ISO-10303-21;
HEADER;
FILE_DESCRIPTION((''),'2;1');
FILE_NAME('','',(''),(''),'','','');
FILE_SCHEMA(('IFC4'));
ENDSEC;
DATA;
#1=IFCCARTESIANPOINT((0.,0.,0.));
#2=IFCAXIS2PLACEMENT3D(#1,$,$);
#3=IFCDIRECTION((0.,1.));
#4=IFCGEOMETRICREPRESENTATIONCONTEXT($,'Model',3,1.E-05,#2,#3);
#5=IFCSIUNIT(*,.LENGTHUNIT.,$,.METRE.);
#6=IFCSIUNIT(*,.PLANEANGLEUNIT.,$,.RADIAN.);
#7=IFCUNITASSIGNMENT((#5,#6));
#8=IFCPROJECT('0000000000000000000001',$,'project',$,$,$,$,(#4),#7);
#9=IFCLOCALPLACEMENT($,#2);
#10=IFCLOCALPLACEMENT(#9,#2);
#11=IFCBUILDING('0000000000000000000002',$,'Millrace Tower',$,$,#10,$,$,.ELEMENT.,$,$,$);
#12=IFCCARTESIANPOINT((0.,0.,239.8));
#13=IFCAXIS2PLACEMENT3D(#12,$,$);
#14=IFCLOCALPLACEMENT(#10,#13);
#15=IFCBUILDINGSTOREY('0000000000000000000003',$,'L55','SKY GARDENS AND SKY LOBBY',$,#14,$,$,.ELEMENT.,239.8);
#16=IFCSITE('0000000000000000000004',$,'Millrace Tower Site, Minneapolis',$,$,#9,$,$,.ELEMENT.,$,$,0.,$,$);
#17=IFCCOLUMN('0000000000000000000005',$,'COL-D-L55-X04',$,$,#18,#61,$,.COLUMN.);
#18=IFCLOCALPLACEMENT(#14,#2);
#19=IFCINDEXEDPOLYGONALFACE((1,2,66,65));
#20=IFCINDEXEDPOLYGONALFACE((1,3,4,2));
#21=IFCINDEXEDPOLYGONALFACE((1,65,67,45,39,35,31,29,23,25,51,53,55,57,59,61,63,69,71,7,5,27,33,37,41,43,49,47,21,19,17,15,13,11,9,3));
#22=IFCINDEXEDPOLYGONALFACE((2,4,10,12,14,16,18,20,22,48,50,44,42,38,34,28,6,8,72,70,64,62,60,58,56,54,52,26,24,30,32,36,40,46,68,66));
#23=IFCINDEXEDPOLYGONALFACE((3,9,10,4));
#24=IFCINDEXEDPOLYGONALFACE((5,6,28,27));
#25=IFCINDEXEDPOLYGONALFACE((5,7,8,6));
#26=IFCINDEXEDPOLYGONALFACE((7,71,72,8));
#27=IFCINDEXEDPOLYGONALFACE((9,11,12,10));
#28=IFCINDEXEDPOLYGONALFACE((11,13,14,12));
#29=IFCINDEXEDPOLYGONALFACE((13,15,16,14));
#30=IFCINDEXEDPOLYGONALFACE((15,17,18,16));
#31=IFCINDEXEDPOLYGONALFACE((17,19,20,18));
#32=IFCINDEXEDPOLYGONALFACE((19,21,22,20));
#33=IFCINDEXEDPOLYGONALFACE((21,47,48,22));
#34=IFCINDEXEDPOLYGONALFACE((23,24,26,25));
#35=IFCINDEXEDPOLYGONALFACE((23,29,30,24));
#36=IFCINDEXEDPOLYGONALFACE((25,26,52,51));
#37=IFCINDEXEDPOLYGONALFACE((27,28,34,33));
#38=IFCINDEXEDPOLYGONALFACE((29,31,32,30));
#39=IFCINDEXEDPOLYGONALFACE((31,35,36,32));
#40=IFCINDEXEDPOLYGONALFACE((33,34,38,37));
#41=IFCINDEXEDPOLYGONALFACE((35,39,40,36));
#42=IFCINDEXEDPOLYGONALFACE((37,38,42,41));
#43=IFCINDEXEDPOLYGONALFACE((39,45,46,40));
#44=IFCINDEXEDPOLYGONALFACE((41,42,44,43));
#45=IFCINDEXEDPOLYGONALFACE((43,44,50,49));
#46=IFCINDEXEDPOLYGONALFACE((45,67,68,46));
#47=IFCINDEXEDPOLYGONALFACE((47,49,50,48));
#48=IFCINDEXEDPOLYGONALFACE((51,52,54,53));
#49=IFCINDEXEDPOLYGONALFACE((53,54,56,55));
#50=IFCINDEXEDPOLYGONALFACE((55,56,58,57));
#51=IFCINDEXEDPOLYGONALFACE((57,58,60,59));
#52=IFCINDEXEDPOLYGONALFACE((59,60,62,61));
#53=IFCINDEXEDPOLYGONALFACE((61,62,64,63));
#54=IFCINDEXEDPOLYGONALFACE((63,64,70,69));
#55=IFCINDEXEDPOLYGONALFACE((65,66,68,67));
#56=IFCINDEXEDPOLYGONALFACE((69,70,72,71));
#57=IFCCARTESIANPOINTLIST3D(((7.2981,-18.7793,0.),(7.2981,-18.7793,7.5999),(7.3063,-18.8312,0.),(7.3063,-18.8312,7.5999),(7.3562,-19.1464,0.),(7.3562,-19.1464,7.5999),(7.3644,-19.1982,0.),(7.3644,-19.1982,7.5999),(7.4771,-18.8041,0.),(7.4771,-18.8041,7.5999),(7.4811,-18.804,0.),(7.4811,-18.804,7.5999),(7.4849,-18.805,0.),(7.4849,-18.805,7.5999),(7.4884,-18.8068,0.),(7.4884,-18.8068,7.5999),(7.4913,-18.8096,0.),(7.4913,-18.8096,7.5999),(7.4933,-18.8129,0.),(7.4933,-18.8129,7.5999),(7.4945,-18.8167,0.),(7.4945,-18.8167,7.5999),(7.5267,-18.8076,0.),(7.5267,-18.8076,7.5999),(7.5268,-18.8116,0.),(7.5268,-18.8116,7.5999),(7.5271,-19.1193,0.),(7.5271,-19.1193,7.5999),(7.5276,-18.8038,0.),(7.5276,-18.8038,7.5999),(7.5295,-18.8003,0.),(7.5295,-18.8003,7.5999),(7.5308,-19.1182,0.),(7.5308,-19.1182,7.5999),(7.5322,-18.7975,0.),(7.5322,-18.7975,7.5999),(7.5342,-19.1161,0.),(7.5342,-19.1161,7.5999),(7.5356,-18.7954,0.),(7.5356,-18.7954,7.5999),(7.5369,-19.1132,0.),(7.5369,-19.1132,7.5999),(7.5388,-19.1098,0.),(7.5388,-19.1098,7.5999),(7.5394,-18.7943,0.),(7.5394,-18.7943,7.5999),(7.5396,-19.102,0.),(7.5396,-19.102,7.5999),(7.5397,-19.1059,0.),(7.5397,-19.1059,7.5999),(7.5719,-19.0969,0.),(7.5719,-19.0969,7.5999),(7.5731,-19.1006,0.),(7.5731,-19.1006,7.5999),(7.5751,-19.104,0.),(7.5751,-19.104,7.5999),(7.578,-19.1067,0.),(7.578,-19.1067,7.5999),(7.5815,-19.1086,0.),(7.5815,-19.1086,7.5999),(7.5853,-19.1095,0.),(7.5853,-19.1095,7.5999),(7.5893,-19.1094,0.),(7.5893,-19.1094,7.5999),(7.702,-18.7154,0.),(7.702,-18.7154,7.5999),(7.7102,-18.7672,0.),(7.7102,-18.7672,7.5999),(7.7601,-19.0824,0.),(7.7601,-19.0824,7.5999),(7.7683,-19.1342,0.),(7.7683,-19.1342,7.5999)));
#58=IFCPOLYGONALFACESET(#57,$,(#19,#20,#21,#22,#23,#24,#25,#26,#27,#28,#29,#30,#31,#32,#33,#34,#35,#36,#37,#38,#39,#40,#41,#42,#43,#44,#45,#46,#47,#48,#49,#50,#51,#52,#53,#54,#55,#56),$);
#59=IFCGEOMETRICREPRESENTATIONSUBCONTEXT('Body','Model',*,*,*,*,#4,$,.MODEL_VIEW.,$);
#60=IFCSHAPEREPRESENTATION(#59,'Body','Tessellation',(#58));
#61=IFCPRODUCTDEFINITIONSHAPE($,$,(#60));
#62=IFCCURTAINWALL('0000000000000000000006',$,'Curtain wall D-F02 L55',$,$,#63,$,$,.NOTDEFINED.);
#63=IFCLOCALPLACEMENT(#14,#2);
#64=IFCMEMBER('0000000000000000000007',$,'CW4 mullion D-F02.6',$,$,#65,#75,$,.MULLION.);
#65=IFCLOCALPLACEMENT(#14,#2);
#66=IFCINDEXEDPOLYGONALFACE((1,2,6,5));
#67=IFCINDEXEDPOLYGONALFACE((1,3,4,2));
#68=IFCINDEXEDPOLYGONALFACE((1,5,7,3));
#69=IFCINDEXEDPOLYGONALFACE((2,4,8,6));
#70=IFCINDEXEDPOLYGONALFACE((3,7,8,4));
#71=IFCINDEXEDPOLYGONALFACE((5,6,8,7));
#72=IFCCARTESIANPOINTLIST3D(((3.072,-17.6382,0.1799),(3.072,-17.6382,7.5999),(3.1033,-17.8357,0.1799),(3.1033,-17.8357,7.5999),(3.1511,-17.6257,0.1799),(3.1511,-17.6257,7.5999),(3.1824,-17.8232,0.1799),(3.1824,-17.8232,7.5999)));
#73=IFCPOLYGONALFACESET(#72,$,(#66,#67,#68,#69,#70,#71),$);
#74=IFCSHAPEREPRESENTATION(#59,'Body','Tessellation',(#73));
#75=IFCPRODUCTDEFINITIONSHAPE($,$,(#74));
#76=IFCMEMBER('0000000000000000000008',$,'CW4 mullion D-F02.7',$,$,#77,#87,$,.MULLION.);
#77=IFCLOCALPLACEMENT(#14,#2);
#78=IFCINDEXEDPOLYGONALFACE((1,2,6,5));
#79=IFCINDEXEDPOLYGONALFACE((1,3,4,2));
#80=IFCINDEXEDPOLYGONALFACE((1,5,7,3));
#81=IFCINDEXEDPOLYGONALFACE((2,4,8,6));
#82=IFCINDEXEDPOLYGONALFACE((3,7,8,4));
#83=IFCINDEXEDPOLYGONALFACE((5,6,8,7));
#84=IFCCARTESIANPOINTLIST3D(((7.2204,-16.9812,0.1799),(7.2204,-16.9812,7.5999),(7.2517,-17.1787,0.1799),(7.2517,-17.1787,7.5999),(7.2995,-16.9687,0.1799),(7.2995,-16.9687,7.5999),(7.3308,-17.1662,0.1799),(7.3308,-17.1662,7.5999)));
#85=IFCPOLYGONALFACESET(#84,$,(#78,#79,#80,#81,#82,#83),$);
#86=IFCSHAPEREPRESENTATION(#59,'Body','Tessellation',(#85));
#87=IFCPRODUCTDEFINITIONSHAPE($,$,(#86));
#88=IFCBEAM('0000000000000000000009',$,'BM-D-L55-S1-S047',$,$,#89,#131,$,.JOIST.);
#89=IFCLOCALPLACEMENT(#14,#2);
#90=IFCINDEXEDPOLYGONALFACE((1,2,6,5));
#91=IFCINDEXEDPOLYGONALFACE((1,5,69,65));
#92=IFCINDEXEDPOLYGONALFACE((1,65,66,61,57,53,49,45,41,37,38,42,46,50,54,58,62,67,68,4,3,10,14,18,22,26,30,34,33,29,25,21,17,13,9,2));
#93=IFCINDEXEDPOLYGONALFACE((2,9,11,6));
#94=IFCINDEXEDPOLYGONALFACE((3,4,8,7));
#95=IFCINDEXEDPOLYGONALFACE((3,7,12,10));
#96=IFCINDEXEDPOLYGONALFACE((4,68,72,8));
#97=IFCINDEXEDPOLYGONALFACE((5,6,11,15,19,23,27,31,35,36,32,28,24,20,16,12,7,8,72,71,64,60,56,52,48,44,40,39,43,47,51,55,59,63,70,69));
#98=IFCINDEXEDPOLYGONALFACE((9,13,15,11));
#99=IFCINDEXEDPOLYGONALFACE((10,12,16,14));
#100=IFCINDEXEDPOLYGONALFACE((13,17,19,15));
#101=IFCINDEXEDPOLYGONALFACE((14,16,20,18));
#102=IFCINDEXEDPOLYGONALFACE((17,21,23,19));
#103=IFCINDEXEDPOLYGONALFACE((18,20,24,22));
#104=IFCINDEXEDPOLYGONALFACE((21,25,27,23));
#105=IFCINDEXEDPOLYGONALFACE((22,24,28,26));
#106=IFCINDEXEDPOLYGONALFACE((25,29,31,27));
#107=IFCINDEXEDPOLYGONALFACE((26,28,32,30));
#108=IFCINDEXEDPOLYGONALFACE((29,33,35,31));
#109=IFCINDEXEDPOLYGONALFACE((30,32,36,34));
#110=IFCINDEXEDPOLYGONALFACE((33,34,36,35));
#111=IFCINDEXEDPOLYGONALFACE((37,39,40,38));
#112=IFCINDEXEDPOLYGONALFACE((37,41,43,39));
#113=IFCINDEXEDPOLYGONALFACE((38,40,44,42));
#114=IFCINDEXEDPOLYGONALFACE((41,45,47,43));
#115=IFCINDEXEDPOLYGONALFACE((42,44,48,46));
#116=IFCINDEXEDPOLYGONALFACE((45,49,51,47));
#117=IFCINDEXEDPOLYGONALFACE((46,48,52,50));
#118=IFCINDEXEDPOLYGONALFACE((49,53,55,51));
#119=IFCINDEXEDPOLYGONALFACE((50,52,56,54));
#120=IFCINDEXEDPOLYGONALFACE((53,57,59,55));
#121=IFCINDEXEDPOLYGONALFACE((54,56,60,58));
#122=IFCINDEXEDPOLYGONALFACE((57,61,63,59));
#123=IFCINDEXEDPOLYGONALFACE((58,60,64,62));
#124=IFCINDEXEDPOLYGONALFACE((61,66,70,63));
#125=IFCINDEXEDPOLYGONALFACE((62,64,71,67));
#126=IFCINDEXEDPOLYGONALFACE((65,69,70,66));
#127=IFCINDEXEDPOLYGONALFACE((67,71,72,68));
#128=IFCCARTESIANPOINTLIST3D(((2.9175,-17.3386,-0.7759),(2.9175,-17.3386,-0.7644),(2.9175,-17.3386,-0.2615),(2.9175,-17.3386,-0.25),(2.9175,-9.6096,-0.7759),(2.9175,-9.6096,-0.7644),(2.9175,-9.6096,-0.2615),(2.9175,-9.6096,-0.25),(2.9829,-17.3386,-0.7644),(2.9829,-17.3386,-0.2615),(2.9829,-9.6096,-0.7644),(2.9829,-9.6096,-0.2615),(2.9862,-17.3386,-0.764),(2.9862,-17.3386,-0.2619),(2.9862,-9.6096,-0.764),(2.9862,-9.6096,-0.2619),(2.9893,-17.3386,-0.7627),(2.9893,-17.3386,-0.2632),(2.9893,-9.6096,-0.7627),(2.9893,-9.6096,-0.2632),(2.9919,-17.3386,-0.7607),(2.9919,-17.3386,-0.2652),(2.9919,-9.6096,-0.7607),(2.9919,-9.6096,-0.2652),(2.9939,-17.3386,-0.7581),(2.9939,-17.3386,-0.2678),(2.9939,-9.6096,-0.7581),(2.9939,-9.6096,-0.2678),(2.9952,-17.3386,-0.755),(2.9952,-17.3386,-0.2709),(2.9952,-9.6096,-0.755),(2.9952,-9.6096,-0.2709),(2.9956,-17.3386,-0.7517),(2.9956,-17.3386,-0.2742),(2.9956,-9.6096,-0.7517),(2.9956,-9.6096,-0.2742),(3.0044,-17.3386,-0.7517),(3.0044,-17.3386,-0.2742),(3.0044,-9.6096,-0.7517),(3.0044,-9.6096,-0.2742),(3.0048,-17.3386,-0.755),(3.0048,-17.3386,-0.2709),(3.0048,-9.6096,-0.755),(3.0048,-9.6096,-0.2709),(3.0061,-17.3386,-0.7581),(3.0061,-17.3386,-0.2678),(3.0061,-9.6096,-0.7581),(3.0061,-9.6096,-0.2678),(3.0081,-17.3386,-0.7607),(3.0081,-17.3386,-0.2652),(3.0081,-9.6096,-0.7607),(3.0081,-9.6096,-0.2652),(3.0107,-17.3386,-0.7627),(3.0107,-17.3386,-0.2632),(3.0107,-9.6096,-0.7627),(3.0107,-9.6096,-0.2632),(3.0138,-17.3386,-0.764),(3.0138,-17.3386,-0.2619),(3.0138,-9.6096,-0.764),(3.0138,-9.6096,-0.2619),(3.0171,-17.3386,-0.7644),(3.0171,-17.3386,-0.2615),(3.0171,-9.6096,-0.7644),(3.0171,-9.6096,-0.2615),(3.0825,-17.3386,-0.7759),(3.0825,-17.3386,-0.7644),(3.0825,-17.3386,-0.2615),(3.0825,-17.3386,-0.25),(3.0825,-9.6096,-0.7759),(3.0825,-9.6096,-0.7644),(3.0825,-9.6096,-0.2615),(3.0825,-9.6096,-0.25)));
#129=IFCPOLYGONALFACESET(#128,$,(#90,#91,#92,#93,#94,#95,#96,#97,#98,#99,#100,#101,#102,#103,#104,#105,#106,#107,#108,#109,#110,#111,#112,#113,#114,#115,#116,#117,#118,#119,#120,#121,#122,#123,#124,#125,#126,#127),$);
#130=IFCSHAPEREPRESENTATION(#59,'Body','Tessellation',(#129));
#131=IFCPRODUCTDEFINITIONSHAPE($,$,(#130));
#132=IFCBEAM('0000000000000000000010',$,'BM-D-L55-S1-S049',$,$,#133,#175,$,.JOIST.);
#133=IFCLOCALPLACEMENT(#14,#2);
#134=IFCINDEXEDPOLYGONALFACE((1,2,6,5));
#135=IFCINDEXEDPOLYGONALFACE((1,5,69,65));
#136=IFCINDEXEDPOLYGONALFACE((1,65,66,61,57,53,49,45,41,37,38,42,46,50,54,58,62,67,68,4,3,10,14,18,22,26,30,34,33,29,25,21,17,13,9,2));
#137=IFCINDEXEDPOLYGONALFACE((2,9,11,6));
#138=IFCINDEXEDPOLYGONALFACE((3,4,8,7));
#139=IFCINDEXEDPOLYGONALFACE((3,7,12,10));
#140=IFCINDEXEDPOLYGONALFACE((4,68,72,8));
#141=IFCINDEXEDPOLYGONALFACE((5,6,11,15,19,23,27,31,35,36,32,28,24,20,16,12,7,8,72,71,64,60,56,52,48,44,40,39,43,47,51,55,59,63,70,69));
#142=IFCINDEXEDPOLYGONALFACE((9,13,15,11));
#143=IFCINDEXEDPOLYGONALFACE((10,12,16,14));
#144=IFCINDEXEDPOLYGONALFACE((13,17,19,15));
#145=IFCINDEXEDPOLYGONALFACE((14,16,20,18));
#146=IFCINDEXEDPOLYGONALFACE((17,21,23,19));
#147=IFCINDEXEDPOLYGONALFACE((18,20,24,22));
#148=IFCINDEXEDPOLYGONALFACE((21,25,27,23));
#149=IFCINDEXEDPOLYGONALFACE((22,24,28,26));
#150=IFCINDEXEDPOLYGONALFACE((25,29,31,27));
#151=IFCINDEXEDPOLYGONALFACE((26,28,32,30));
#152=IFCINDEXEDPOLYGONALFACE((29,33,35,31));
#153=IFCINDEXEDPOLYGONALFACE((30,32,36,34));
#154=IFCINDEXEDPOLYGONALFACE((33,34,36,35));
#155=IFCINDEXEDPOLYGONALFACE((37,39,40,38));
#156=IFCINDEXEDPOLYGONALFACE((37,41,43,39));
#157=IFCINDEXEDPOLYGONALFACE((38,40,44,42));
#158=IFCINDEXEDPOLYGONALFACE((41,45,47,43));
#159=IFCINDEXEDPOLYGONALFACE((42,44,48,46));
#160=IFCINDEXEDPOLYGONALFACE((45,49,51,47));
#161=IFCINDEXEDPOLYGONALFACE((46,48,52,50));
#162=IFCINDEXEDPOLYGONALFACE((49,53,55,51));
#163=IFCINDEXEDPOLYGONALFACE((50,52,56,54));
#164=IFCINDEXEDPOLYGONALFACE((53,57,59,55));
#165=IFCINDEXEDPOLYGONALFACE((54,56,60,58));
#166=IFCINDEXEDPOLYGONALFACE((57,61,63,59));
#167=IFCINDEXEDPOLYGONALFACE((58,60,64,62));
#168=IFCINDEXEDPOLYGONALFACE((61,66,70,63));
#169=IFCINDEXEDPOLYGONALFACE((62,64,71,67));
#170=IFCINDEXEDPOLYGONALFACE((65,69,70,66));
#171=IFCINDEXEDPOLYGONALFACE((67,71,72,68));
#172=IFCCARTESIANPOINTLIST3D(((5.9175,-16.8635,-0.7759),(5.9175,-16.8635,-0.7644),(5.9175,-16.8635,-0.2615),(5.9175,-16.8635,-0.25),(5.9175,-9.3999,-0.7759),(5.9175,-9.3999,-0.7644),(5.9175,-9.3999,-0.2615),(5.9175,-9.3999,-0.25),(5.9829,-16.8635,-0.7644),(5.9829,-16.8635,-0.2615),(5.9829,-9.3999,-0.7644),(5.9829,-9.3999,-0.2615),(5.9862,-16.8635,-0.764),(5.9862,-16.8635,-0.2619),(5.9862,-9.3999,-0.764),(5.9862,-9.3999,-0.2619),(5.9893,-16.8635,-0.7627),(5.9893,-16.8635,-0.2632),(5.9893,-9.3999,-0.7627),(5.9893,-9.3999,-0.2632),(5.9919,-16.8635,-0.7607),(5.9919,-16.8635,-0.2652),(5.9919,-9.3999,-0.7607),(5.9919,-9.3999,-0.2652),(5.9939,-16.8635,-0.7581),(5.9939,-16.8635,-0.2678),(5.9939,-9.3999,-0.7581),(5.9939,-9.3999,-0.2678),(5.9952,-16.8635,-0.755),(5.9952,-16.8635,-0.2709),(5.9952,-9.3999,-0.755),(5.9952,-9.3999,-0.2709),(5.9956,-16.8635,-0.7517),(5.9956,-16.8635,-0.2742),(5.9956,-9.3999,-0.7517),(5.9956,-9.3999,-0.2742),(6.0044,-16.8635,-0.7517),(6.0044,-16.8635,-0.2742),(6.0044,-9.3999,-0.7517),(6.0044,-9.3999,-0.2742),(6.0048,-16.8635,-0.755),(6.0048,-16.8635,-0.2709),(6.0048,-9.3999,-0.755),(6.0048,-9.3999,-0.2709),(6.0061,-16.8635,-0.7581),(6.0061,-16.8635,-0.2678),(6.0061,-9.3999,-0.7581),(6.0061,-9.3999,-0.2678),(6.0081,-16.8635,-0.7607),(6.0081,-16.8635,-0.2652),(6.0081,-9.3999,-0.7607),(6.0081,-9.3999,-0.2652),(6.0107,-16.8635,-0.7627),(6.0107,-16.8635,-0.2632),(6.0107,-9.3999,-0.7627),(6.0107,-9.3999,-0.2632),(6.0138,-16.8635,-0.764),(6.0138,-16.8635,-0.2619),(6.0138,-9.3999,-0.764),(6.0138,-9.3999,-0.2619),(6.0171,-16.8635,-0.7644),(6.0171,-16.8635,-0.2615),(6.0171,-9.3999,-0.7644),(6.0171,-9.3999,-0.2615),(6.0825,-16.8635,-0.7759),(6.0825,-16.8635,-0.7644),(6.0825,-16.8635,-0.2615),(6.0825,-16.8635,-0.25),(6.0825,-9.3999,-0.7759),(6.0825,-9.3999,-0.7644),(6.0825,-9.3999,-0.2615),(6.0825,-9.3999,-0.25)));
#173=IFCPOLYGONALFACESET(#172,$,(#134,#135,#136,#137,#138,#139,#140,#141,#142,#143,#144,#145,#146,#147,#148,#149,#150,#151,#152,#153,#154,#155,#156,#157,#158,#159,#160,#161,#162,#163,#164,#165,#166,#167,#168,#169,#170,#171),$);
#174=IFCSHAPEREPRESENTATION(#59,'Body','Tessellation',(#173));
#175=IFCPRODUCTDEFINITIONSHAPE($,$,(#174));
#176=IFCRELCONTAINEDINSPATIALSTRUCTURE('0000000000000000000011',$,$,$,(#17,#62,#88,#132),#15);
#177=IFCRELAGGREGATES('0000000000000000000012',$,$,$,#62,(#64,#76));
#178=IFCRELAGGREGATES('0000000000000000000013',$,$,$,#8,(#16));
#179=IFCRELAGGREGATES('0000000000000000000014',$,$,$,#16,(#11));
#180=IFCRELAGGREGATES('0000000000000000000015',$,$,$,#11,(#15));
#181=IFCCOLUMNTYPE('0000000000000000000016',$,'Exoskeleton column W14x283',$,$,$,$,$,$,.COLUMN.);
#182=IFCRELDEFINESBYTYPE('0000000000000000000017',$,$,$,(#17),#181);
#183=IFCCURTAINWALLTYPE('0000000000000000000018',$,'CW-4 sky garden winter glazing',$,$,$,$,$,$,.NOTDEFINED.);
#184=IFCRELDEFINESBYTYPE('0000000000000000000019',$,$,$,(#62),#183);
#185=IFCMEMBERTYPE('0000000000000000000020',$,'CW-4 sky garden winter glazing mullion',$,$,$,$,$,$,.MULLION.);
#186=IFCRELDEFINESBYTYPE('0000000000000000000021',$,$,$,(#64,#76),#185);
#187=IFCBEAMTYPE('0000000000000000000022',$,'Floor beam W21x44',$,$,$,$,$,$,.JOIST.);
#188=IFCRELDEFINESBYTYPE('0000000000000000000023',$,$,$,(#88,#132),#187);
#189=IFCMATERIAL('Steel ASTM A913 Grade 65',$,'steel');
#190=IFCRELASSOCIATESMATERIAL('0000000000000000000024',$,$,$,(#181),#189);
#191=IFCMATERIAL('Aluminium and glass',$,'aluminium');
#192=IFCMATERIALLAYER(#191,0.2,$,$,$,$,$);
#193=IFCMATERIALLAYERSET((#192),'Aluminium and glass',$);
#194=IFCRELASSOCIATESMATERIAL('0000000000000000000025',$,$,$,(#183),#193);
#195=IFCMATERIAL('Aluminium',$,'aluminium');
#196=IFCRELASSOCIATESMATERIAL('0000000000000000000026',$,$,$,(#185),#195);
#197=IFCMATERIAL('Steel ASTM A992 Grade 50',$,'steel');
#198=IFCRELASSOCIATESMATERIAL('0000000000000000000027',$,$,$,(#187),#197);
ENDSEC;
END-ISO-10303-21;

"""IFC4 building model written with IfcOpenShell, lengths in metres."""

from ifc_helpers import new_model, si_unit, direction, frame, origin, origin_2d, place, context, subcontext, project, spatial, rectangle, i_section, extrude, material, layer, layer_set, material_profile, profile_set, type_object, element, aggregate, save


model = new_model("IFC4")

# Units and contexts
model_context = context("Model", 3, precision=1e-05, world=origin(), true_north=direction((0.0, 1.0)))
body_context = subcontext(model_context, "Body", "Model", "MODEL_VIEW")
ifc_project = project(units=[si_unit("LENGTHUNIT", "METRE"), si_unit("PLANEANGLEUNIT", "RADIAN")], contexts=[model_context])

# Site, building, storey
site_placement = place(None, origin())
site = spatial("IfcSite", under=ifc_project, at=site_placement, Name="Millrace Tower Site, Minneapolis", CompositionType="ELEMENT", RefElevation=0.0)
building_placement = place(site_placement, origin())
building = spatial("IfcBuilding", under=site, at=building_placement, Name="Millrace Tower", CompositionType="ELEMENT")
storey_placement = place(building_placement, frame((0.0, 0.0, 239.8)))
storey = spatial("IfcBuildingStorey", under=building, at=storey_placement, Name="L55", Description="SKY GARDENS AND SKY LOBBY", CompositionType="ELEMENT", Elevation=239.8)

# Column
ifc_material_1 = material(Name="Steel ASTM A913 Grade 65", Category="steel")
ifc_material_profile_1 = material_profile(ifc_material_1, i_section(OverallWidth=0.4089, OverallDepth=0.4241, WebThickness=0.0327, FlangeThickness=0.0525, FilletRadius=0.0151, at=origin_2d()))
ifc_profile_set_1 = profile_set([ifc_material_profile_1], Name="Steel ASTM A913 Grade 65")
column_type = type_object("IfcColumnType", Name="Exoskeleton column W14x283", PredefinedType="COLUMN", material=ifc_profile_set_1)
column_placement = place(storey_placement, frame((7.5332, -18.9568, 0.0), z_axis=(0.0, 0.0, 1.0), x_axis=(0.987688, 0.156434, 0.0)))
element("IfcColumn", 1, at=column_placement, inside=storey, type_object=column_type, Name="COL-D-L55-X04", PredefinedType="COLUMN", context=body_context, shape_type="SweptSolid", body=[
    extrude(i_section(OverallWidth=0.4089, OverallDepth=0.4241, WebThickness=0.0327, FlangeThickness=0.0525, FilletRadius=0.0151, at=origin_2d()), origin(), (0.0, 0.0, 1.0), 7.5999),
])

# Curtain wall, members
ifc_material_2 = material(Name="Aluminium and glass", Category="aluminium")
ifc_layer_1 = layer(ifc_material_2, 0.2)
ifc_layer_set_1 = layer_set([ifc_layer_1], Name="Aluminium and glass")
curtain_wall_type = type_object("IfcCurtainWallType", Name="CW-4 sky garden winter glazing", PredefinedType="NOTDEFINED", material=ifc_layer_set_1)
placement_1 = place(storey_placement, origin())
curtain_wall_1 = element("IfcCurtainWall", 2, at=placement_1, inside=storey, type_object=curtain_wall_type, Name="Curtain wall D-F02 L55", PredefinedType="NOTDEFINED")
ifc_material_3 = material(Name="Aluminium", Category="aluminium")
ifc_material_profile_2 = material_profile(ifc_material_3, rectangle(XDim=0.0801, YDim=0.2, at=origin_2d()))
ifc_profile_set_2 = profile_set([ifc_material_profile_2], Name="Aluminium")
member_type = type_object("IfcMemberType", Name="CW-4 sky garden winter glazing mullion", PredefinedType="MULLION", material=ifc_profile_set_2)
member_1_placement = place(storey_placement, frame((3.1272, -17.7307, 0.1799), z_axis=(0.0, 0.0, 1.0), x_axis=(0.987688, 0.156434, 0.0)))
member_1 = element("IfcMember", 3, at=member_1_placement, type_object=member_type, Name="CW4 mullion D-F02.6", PredefinedType="MULLION", context=body_context, shape_type="SweptSolid", body=[
    extrude(rectangle(XDim=0.0801, YDim=0.2, at=origin_2d()), origin(), (0.0, 0.0, 1.0), 7.4199),
])
member_2_placement = place(storey_placement, frame((7.2756, -17.0737, 0.1799), z_axis=(0.0, 0.0, 1.0), x_axis=(0.987688, 0.156434, 0.0)))
member_2 = element("IfcMember", 4, at=member_2_placement, type_object=member_type, Name="CW4 mullion D-F02.7", PredefinedType="MULLION", context=body_context, shape_type="SweptSolid", body=[
    extrude(rectangle(XDim=0.0801, YDim=0.2, at=origin_2d()), origin(), (0.0, 0.0, 1.0), 7.4199),
])
aggregate(curtain_wall_1, [member_1, member_2])

# Beams
ifc_material_4 = material(Name="Steel ASTM A992 Grade 50", Category="steel")
ifc_material_profile_3 = material_profile(ifc_material_4, i_section(OverallWidth=0.165, OverallDepth=0.5259, WebThickness=0.0088, FlangeThickness=0.0115, FilletRadius=0.0127, at=origin_2d()))
ifc_profile_set_3 = profile_set([ifc_material_profile_3], Name="Steel ASTM A992 Grade 50")
beam_type_1 = type_object("IfcBeamType", Name="Floor beam W21x44", PredefinedType="JOIST", material=ifc_profile_set_3)
beam_1_placement = place(storey_placement, frame((3.0, -17.3386, -0.5129), z_axis=(0.0, 1.0, 0.0), x_axis=(-1.0, 0.0, 0.0)))
element("IfcBeam", 5, at=beam_1_placement, inside=storey, type_object=beam_type_1, Name="BM-D-L55-S1-S047", PredefinedType="JOIST", context=body_context, shape_type="SweptSolid", body=[
    extrude(i_section(OverallWidth=0.165, OverallDepth=0.5259, WebThickness=0.0088, FlangeThickness=0.0115, FilletRadius=0.0127, at=origin_2d()), origin(), (0.0, 0.0, 1.0), 7.729),
])
beam_2_placement = place(storey_placement, frame((6.0, -16.8635, -0.5129), z_axis=(0.0, 1.0, 0.0), x_axis=(-1.0, 0.0, 0.0)))
element("IfcBeam", 6, at=beam_2_placement, inside=storey, type_object=beam_type_1, Name="BM-D-L55-S1-S049", PredefinedType="JOIST", context=body_context, shape_type="SweptSolid", body=[
    extrude(i_section(OverallWidth=0.165, OverallDepth=0.5259, WebThickness=0.0088, FlangeThickness=0.0115, FilletRadius=0.0127, at=origin_2d()), origin(), (0.0, 0.0, 1.0), 7.4636),
])

save(model, "model.ifc")
